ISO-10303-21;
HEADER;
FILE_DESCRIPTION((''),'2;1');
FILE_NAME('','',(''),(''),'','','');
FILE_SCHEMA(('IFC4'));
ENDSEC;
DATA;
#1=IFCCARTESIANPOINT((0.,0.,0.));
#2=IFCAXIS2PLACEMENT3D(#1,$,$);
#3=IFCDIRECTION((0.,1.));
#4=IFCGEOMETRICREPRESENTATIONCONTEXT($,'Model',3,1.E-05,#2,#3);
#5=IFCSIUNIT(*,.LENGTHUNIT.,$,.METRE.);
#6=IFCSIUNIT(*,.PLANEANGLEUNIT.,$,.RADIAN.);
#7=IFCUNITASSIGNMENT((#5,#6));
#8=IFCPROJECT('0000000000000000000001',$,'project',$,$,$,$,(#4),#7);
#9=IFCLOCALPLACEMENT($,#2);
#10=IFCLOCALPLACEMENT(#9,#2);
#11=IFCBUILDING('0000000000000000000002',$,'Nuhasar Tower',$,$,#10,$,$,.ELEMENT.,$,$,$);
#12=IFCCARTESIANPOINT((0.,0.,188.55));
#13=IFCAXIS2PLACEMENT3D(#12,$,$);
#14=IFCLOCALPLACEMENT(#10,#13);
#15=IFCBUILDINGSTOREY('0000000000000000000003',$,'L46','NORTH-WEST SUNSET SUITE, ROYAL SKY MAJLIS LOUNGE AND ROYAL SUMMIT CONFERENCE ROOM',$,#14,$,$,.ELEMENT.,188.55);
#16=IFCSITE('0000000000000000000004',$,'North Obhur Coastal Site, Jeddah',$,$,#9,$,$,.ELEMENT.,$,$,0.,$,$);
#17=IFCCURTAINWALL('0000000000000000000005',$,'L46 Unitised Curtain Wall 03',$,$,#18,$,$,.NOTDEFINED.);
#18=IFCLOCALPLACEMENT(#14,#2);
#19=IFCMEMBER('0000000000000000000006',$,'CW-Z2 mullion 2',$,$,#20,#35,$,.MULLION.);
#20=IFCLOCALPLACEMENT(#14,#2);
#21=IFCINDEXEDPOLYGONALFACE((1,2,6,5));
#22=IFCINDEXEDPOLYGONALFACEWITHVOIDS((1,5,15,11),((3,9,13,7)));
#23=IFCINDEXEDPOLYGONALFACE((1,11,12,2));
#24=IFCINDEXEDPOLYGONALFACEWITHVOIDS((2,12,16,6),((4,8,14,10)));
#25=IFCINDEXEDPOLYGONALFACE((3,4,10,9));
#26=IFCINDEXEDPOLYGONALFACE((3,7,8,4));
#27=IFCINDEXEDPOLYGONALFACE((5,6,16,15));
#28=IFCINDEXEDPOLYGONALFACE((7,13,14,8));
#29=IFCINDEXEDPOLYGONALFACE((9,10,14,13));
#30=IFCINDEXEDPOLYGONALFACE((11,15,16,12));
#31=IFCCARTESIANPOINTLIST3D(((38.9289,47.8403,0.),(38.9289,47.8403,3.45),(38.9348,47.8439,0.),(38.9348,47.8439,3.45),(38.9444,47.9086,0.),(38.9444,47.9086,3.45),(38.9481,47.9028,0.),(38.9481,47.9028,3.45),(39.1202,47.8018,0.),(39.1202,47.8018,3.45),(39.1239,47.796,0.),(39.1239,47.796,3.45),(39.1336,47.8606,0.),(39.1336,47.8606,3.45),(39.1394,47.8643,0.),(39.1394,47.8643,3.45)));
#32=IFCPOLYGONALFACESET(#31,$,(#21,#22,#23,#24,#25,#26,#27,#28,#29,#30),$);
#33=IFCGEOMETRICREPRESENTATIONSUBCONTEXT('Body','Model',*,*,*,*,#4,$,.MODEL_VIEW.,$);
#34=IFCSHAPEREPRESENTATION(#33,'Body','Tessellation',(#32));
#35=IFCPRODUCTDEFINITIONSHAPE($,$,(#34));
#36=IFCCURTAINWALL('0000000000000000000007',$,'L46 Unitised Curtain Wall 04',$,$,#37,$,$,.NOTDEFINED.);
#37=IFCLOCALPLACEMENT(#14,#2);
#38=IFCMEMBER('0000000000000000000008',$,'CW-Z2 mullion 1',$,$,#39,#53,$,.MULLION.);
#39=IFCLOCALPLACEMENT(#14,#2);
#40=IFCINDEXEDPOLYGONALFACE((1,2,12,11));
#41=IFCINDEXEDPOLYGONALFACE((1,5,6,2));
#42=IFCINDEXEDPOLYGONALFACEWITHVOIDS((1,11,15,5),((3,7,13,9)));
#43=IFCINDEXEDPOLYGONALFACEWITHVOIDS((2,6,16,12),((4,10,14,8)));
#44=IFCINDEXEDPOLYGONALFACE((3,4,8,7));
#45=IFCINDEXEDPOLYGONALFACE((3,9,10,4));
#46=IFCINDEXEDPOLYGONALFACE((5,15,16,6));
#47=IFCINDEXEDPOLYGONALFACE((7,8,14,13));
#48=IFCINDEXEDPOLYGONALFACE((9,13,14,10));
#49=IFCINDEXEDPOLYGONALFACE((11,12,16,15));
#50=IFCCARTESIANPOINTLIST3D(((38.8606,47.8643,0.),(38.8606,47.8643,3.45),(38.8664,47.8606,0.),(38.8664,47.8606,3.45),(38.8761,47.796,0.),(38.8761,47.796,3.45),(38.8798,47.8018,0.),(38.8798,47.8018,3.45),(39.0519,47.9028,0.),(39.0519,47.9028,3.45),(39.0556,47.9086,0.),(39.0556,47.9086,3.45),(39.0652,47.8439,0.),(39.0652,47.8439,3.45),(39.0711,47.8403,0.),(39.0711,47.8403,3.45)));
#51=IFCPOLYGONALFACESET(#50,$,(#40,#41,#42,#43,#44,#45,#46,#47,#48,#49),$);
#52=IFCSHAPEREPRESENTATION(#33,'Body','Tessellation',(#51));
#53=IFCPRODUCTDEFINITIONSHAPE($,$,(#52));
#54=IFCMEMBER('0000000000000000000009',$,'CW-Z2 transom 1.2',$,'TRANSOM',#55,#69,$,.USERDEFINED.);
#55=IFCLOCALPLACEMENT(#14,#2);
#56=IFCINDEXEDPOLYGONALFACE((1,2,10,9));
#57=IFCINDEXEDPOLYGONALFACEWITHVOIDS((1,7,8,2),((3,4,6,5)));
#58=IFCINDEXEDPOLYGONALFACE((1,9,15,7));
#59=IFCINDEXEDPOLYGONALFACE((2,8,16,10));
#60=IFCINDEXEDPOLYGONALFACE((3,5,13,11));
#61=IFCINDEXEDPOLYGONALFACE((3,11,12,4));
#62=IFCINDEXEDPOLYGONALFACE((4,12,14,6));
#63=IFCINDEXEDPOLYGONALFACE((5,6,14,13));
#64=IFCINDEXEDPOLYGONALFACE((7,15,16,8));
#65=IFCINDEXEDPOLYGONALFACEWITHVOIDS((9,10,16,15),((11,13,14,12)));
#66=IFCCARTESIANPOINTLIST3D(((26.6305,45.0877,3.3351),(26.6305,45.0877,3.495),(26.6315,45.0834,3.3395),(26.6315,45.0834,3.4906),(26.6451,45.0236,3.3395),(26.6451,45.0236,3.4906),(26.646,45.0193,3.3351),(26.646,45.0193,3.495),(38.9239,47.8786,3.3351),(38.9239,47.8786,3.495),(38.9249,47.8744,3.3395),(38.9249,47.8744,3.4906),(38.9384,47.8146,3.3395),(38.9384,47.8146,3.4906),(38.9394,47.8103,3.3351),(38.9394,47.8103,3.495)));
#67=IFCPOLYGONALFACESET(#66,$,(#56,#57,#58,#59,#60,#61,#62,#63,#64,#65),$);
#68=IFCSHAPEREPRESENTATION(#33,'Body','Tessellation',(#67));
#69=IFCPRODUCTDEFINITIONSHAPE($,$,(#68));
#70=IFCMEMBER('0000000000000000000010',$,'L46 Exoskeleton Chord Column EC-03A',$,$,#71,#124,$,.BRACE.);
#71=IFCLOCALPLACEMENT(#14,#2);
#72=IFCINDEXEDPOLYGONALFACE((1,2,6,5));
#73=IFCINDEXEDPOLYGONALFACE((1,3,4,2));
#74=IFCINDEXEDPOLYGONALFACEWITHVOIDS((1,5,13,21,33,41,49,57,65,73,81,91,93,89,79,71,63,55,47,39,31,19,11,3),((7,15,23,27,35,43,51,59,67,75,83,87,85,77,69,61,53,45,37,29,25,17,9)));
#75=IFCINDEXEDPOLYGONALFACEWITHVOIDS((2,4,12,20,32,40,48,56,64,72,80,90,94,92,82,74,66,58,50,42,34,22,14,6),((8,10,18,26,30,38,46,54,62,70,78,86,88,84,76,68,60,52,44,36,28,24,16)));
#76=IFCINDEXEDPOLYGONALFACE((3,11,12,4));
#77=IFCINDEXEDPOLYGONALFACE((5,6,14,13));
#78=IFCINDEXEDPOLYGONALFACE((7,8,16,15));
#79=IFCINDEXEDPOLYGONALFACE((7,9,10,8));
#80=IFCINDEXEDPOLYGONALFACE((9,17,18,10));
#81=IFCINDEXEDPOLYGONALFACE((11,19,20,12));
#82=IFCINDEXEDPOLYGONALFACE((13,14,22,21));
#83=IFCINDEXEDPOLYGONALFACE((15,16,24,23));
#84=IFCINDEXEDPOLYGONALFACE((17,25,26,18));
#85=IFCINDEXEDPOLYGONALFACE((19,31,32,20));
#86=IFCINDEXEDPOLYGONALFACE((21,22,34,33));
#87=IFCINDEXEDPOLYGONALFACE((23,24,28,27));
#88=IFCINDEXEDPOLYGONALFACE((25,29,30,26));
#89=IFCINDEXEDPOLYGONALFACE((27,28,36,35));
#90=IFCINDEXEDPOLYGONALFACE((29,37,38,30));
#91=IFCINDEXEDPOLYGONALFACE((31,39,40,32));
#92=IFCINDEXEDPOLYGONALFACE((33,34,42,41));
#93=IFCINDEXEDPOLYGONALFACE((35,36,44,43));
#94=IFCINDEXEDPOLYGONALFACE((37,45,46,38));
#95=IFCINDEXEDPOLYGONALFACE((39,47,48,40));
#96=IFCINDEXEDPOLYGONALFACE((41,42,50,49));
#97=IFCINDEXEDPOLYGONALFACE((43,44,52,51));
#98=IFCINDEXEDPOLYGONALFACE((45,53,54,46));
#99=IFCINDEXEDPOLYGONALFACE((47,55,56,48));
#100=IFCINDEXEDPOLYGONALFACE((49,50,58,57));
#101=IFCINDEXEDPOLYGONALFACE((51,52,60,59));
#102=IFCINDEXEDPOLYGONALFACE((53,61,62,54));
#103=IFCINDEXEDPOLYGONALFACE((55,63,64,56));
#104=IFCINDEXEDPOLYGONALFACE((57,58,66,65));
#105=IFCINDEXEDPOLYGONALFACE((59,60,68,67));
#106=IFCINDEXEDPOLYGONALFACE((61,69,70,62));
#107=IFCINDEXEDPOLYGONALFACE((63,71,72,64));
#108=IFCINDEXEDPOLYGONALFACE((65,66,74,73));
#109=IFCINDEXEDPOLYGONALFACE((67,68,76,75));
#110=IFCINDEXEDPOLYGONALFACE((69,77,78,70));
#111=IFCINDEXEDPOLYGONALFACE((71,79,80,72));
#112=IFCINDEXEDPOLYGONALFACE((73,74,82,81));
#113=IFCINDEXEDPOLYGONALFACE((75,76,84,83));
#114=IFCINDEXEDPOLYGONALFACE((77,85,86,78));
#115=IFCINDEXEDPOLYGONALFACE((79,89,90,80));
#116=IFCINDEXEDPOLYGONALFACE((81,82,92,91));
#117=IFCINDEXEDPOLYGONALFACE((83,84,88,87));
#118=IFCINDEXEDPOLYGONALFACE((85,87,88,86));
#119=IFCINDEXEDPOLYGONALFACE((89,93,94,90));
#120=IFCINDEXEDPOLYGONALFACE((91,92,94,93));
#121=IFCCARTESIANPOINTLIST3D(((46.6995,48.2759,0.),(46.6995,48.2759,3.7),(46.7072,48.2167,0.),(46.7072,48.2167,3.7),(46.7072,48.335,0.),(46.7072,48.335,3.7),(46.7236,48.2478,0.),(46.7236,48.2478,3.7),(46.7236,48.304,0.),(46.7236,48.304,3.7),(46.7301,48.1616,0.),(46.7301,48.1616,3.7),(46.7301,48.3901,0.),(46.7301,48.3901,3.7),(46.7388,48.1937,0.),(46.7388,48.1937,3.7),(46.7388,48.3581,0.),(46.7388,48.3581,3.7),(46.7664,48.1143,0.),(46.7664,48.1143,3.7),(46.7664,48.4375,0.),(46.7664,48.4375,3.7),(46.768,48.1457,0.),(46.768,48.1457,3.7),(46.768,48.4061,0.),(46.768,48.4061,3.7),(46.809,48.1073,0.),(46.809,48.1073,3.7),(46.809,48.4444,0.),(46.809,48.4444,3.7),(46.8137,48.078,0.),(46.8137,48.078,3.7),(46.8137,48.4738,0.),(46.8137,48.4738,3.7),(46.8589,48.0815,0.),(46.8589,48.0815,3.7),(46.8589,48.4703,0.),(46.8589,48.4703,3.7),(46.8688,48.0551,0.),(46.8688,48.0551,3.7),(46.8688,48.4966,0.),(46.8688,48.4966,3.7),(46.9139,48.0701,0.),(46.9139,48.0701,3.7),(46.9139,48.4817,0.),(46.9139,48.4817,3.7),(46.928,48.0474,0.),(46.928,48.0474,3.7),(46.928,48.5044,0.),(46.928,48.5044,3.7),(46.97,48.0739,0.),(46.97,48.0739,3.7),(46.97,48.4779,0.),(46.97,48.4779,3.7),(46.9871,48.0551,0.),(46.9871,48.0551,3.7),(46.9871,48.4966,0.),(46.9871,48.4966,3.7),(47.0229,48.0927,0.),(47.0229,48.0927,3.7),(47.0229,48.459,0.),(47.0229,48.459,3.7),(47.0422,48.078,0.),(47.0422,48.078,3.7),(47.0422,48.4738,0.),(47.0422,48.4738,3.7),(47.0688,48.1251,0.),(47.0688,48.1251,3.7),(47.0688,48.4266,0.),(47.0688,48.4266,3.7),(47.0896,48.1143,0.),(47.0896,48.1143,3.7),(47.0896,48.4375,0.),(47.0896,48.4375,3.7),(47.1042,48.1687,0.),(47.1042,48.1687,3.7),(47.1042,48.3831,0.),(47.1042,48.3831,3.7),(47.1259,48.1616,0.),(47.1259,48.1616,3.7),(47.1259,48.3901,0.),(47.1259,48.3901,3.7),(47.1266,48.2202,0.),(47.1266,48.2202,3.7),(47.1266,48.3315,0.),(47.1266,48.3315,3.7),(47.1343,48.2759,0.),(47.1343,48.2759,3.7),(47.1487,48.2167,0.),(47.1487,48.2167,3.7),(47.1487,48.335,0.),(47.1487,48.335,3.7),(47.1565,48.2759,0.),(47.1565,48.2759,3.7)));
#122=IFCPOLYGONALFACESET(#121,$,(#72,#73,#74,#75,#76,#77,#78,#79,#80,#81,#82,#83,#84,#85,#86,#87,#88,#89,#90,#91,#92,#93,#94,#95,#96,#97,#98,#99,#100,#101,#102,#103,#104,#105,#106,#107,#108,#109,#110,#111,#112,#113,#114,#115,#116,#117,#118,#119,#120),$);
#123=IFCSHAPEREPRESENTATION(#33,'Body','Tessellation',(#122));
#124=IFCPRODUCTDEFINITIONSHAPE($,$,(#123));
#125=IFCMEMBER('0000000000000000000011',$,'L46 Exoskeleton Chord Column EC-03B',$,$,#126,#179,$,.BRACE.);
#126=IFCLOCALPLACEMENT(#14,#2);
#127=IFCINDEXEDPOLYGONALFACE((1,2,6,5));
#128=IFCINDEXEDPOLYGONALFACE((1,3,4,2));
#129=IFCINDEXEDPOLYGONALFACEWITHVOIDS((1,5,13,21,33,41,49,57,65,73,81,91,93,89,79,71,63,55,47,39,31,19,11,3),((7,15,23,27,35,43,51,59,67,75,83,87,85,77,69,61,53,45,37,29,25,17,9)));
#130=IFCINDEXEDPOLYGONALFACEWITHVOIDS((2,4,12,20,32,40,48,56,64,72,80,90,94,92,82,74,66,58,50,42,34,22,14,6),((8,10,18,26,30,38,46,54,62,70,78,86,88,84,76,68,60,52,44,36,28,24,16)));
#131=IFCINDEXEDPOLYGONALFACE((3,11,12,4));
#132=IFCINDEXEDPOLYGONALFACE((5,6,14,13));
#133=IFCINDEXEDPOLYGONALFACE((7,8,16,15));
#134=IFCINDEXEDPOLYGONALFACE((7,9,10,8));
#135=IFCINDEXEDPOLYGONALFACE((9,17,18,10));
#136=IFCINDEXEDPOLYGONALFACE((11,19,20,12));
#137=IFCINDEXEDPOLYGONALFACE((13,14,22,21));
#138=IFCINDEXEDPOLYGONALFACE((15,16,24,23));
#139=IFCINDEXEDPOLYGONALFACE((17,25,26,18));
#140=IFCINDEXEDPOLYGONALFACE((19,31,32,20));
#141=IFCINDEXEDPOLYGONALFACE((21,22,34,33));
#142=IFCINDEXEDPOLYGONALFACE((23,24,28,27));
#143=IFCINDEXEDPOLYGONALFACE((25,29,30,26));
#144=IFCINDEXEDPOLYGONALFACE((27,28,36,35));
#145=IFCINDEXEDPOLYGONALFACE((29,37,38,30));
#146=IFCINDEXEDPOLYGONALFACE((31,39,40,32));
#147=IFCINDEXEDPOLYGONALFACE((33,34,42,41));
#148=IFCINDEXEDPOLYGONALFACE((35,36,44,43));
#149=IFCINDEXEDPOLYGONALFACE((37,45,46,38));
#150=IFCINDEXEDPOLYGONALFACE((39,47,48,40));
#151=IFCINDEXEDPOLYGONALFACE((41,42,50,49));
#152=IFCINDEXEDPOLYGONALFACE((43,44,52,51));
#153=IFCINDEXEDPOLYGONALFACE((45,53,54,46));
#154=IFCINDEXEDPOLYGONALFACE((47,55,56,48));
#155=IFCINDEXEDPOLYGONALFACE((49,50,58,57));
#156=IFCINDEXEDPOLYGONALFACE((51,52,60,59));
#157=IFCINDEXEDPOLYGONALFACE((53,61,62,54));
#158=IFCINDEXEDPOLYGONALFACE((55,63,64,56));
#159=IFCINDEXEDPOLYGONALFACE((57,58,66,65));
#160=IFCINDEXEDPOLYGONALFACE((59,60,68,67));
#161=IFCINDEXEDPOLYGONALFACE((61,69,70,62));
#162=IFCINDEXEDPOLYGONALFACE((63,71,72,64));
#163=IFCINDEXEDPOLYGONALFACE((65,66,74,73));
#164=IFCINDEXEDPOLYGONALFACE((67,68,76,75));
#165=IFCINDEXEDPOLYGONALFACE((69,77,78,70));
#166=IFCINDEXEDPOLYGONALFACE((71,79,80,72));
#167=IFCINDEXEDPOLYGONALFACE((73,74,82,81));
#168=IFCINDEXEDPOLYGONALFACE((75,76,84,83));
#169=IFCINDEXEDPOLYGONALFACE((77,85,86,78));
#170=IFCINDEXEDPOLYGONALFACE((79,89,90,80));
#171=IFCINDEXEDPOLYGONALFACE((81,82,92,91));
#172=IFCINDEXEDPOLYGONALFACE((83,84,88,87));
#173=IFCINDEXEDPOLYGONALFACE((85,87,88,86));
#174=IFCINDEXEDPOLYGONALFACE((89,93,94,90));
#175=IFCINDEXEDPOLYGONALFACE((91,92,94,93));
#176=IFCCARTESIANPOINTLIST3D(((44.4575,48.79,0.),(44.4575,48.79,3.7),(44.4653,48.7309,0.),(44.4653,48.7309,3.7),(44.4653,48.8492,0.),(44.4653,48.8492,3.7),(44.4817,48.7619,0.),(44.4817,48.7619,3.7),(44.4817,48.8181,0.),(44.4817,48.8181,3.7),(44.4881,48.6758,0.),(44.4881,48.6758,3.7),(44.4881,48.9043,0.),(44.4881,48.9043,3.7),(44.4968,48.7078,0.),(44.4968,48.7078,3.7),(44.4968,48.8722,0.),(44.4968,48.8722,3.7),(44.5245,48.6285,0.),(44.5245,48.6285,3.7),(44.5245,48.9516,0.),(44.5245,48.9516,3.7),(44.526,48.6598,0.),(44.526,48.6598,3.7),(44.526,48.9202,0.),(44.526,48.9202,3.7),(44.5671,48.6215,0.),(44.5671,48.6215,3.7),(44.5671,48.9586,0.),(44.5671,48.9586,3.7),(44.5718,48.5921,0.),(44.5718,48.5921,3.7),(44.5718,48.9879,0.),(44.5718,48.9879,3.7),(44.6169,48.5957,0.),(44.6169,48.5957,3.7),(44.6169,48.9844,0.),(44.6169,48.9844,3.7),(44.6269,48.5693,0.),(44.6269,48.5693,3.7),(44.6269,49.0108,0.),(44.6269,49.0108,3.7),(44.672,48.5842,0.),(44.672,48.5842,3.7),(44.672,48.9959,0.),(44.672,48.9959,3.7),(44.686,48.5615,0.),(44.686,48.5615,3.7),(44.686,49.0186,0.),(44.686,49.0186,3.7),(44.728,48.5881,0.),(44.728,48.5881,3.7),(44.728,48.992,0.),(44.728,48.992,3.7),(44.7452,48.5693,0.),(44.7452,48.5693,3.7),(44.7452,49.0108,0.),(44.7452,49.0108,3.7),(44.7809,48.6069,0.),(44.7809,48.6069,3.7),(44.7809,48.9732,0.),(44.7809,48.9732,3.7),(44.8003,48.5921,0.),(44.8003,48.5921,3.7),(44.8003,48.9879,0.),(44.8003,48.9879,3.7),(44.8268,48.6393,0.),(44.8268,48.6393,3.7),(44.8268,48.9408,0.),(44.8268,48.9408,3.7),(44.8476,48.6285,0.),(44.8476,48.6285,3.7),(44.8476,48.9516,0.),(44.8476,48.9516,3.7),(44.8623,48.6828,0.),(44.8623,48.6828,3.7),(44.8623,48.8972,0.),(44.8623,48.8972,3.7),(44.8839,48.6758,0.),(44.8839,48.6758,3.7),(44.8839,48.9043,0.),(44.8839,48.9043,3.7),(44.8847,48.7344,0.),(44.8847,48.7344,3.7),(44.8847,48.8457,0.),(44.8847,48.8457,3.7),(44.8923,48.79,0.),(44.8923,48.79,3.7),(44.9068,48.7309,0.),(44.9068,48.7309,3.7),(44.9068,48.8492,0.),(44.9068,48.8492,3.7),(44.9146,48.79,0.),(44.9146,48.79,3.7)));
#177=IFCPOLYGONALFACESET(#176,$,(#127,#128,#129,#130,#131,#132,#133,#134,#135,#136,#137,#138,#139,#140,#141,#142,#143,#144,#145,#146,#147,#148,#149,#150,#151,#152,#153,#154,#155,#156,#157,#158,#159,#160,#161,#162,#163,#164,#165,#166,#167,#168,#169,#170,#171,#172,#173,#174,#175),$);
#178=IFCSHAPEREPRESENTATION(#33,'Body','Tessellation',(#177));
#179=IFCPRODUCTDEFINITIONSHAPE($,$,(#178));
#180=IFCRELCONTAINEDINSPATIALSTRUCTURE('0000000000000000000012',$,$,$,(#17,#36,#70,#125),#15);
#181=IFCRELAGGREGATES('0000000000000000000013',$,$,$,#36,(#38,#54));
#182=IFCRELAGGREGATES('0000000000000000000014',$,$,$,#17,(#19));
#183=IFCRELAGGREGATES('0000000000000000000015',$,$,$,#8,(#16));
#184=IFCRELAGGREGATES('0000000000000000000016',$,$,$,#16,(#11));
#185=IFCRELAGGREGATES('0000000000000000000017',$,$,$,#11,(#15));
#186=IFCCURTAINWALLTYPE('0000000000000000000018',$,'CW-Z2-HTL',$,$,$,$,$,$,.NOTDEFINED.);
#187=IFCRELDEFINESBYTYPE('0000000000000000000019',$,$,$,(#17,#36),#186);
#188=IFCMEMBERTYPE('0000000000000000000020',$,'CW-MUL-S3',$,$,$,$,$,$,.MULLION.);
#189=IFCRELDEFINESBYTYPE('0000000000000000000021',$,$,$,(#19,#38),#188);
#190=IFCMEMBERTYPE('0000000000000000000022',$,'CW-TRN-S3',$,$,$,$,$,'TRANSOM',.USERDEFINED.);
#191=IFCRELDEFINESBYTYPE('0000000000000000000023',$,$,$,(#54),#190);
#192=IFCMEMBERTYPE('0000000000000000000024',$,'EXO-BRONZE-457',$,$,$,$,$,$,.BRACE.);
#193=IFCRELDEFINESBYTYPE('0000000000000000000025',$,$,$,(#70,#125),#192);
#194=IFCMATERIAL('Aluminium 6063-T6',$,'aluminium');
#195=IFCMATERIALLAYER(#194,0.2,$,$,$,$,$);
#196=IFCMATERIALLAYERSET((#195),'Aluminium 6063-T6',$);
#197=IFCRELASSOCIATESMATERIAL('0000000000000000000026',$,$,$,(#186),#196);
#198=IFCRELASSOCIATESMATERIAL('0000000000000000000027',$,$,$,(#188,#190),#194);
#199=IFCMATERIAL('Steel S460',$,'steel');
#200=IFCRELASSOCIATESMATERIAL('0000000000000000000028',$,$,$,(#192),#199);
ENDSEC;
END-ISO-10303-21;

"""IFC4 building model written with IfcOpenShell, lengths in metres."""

from ifc_helpers import new_model, si_unit, direction, frame, origin, origin_2d, place, context, subcontext, project, spatial, hollow_rectangle, hollow_circle, extrude, material, layer, layer_set, material_profile, profile_set, type_object, element, aggregate, save


model = new_model("IFC4")

# Units and contexts
model_context = context("Model", 3, precision=1e-05, world=origin(), true_north=direction((0.0, 1.0)))
body_context = subcontext(model_context, "Body", "Model", "MODEL_VIEW")
ifc_project = project(units=[si_unit("LENGTHUNIT", "METRE"), si_unit("PLANEANGLEUNIT", "RADIAN")], contexts=[model_context])

# Site, building, storey
site_placement = place(None, origin())
site = spatial("IfcSite", under=ifc_project, at=site_placement, Name="North Obhur Coastal Site, Jeddah", CompositionType="ELEMENT", RefElevation=0.0)
building_placement = place(site_placement, origin())
building = spatial("IfcBuilding", under=site, at=building_placement, Name="Nuhasar Tower", CompositionType="ELEMENT")
storey_placement = place(building_placement, frame((0.0, 0.0, 188.55)))
storey = spatial("IfcBuildingStorey", under=building, at=storey_placement, Name="L46", Description="NORTH-WEST SUNSET SUITE, ROYAL SKY MAJLIS LOUNGE AND ROYAL SUMMIT CONFERENCE ROOM", CompositionType="ELEMENT", Elevation=188.55)

# Curtain wall, member
ifc_material_1 = material(Name="Aluminium 6063-T6", Category="aluminium")
ifc_layer_1 = layer(ifc_material_1, 0.2)
ifc_layer_set_1 = layer_set([ifc_layer_1], Name="Aluminium 6063-T6")
curtain_wall_type = type_object("IfcCurtainWallType", Name="CW-Z2-HTL", PredefinedType="NOTDEFINED", material=ifc_layer_set_1)
curtain_wall_1_placement = place(storey_placement, origin())
curtain_wall_1 = element("IfcCurtainWall", 1, at=curtain_wall_1_placement, inside=storey, type_object=curtain_wall_type, Name="L46 Unitised Curtain Wall 03", PredefinedType="NOTDEFINED")
ifc_material_profile_1 = material_profile(ifc_material_1, hollow_rectangle(XDim=0.0701, YDim=0.2, WallThickness=0.0049, at=origin_2d()), Name="CWM-3")
ifc_profile_set_1 = profile_set([ifc_material_profile_1], Name="Aluminium 6063-T6")
member_type_1 = type_object("IfcMemberType", Name="CW-MUL-S3", PredefinedType="MULLION", material=ifc_profile_set_1)
member_1_placement = place(storey_placement, frame((39.0342, 47.8523, 0.0), z_axis=(0.0, 0.0, 1.0), x_axis=(-0.221397, -0.975184, 0.0)))
member_1 = element("IfcMember", 2, at=member_1_placement, type_object=member_type_1, Name="CW-Z2 mullion 2", PredefinedType="MULLION", context=body_context, shape_type="SweptSolid", body=[
    extrude(hollow_rectangle(XDim=0.0701, YDim=0.2, WallThickness=0.0049, at=origin_2d()), origin(), (0.0, 0.0, 1.0), 3.45),
])

# Curtain wall, members
curtain_wall_2_placement = place(storey_placement, origin())
curtain_wall_2 = element("IfcCurtainWall", 3, at=curtain_wall_2_placement, inside=storey, type_object=curtain_wall_type, Name="L46 Unitised Curtain Wall 04", PredefinedType="NOTDEFINED")
member_2_placement = place(storey_placement, frame((38.9658, 47.8523, 0.0), z_axis=(0.0, 0.0, 1.0), x_axis=(0.221397, -0.975184, 0.0)))
member_2 = element("IfcMember", 4, at=member_2_placement, type_object=member_type_1, Name="CW-Z2 mullion 1", PredefinedType="MULLION", context=body_context, shape_type="SweptSolid", body=[
    extrude(hollow_rectangle(XDim=0.0701, YDim=0.2, WallThickness=0.0049, at=origin_2d()), origin(), (0.0, 0.0, 1.0), 3.45),
])
ifc_material_profile_2 = material_profile(ifc_material_1, hollow_rectangle(XDim=0.0701, YDim=0.1599, WallThickness=0.0044, at=origin_2d()), Name="CWT-3")
ifc_profile_set_2 = profile_set([ifc_material_profile_2], Name="Aluminium 6063-T6")
member_type_2 = type_object("IfcMemberType", Name="CW-TRN-S3", ElementType="TRANSOM", PredefinedType="USERDEFINED", material=ifc_profile_set_2)
member_3_placement = place(storey_placement, frame((38.9316, 47.8445, 3.415), z_axis=(-0.975183, -0.221398, 0.0), x_axis=(0.221398, -0.975183, 0.0)))
member_3 = element("IfcMember", 5, at=member_3_placement, type_object=member_type_2, Name="CW-Z2 transom 1.2", ObjectType="TRANSOM", PredefinedType="USERDEFINED", context=body_context, shape_type="SweptSolid", body=[
    extrude(hollow_rectangle(XDim=0.0701, YDim=0.1599, WallThickness=0.0044, at=origin_2d()), origin(), (0.0, 0.0, 1.0), 12.6062),
])
aggregate(curtain_wall_2, [member_2, member_3])

# Members
ifc_material_2 = material(Name="Steel S460", Category="steel")
ifc_material_profile_3 = material_profile(ifc_material_2, hollow_circle(Radius=0.2285, WallThickness=0.0222, at=origin_2d()), Name="HSS457X22.2")
ifc_profile_set_3 = profile_set([ifc_material_profile_3], Name="Steel S460")
member_type_3 = type_object("IfcMemberType", Name="EXO-BRONZE-457", PredefinedType="BRACE", material=ifc_profile_set_3)
for number, where, z_axis, x_axis, name in (
    (6, (46.928, 48.2759, 0.0), (0.0, 0.0, 1.0), (1.0, 0.0, 0.0), "L46 Exoskeleton Chord Column EC-03A"),
    (7, (44.686, 48.79, 0.0), (0.0, 0.0, 1.0), (1.0, 0.0, 0.0), "L46 Exoskeleton Chord Column EC-03B"),
):
    element("IfcMember", number, at=place(storey_placement, frame(where, z_axis=z_axis, x_axis=x_axis)), inside=storey, type_object=member_type_3, Name=name, PredefinedType="BRACE", context=body_context, shape_type="SweptSolid", body=[
        extrude(hollow_circle(Radius=0.2285, WallThickness=0.0222, at=origin_2d()), origin(), (0.0, 0.0, 1.0), 3.7),
    ])

aggregate(curtain_wall_1, [member_1])

save(model, "model.ifc")
